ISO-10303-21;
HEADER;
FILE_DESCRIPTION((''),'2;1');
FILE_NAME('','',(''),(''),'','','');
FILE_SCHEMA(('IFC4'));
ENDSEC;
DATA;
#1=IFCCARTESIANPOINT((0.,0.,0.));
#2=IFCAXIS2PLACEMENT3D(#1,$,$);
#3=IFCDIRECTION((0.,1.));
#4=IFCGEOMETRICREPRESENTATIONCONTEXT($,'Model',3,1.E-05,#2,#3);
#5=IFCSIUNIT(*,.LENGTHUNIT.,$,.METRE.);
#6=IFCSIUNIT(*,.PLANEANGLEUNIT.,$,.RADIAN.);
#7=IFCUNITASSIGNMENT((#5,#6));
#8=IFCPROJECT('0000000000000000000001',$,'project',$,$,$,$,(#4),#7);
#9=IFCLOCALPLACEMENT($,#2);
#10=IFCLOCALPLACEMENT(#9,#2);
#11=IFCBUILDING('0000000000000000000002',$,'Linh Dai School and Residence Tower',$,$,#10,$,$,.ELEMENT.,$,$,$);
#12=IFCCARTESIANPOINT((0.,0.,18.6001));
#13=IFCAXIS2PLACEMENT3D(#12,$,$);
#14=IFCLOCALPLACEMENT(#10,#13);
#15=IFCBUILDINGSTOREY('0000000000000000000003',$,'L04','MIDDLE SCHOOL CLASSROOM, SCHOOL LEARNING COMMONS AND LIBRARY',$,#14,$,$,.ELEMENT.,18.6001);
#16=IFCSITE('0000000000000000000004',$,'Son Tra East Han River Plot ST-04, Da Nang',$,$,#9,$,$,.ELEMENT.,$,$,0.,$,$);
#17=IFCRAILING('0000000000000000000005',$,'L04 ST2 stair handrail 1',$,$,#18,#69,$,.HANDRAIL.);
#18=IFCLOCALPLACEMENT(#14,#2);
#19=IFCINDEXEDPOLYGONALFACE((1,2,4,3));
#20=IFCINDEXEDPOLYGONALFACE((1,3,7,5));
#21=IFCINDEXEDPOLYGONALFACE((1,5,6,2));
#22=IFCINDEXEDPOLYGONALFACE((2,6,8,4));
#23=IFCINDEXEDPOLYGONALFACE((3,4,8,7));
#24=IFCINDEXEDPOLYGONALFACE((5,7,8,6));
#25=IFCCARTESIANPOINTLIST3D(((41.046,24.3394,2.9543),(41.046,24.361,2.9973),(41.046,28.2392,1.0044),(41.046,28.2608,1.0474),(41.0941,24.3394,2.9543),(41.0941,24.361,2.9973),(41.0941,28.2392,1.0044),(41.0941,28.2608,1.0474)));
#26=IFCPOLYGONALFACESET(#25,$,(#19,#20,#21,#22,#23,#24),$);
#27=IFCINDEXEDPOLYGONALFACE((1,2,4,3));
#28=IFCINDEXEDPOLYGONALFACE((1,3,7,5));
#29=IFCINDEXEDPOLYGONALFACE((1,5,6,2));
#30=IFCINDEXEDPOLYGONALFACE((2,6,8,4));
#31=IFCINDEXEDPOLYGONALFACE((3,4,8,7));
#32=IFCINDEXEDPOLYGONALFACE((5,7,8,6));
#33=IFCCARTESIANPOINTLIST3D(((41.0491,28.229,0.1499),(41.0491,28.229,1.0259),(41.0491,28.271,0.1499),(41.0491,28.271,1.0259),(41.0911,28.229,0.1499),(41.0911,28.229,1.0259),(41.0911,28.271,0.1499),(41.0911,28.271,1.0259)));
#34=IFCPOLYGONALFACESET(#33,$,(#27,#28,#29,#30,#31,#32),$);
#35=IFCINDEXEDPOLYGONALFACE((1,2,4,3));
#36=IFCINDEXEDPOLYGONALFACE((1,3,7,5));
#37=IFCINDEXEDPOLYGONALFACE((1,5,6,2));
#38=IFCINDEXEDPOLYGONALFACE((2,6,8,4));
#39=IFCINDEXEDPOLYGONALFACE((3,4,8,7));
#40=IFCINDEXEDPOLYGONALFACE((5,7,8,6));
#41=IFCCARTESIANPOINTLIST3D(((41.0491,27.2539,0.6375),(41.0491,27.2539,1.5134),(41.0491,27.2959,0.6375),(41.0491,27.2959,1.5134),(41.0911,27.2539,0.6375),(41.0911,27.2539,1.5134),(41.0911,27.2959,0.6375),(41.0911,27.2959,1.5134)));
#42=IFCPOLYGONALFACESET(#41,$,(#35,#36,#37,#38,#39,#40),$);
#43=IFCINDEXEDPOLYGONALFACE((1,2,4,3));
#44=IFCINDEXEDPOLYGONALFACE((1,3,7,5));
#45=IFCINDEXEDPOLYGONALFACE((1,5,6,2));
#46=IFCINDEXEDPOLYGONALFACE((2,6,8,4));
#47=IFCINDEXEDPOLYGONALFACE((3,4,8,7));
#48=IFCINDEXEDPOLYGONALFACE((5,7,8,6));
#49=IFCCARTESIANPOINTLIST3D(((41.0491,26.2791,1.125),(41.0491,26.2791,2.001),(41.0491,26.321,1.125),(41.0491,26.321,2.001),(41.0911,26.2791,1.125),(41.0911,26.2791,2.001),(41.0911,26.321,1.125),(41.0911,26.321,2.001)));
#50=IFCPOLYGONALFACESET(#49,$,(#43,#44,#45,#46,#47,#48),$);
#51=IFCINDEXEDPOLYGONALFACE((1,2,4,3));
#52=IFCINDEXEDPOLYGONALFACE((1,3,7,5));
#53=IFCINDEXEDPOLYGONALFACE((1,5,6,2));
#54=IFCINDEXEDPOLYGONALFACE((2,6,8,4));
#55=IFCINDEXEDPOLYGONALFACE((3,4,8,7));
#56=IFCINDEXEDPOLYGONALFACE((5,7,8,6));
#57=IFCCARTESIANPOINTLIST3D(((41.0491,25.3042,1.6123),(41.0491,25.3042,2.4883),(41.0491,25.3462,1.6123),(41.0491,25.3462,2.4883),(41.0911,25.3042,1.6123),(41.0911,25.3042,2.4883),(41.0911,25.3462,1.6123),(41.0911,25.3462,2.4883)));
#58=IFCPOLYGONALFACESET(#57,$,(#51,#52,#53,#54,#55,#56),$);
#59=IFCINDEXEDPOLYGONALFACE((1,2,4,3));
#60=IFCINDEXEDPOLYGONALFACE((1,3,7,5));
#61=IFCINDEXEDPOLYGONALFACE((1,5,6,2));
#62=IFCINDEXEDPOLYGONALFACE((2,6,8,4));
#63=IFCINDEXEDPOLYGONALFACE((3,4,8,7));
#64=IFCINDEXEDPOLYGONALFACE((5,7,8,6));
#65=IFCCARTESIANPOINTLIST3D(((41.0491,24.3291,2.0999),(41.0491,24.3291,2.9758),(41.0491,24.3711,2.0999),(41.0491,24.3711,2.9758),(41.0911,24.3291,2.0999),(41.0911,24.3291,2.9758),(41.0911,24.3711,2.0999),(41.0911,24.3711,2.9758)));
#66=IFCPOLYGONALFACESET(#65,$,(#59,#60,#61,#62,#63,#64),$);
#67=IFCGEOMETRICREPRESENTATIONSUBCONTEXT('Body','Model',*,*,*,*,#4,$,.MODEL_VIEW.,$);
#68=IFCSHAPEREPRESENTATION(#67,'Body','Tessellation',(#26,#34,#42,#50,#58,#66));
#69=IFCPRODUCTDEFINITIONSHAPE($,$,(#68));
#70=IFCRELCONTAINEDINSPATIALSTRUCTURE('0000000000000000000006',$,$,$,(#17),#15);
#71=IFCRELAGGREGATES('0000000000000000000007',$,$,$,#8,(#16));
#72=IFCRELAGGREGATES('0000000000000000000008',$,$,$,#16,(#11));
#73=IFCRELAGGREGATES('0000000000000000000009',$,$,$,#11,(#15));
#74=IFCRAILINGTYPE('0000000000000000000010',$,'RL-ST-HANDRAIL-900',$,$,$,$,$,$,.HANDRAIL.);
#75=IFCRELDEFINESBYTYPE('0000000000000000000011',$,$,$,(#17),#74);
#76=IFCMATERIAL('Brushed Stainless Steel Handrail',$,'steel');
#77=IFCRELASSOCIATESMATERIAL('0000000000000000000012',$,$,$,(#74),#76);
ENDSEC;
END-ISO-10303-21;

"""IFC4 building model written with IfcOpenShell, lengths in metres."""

from ifc_helpers import new_model, si_unit, direction, frame, origin, origin_2d, place, context, subcontext, project, spatial, rectangle, extrude, source, transform, mapped, material, type_object, element, save


model = new_model("IFC4")

# Units and contexts
model_context = context("Model", 3, precision=1e-05, world=origin(), true_north=direction((0.0, 1.0)))
body_context = subcontext(model_context, "Body", "Model", "MODEL_VIEW")
ifc_project = project(units=[si_unit("LENGTHUNIT", "METRE"), si_unit("PLANEANGLEUNIT", "RADIAN")], contexts=[model_context])

# Site, building, storey
site_placement = place(None, origin())
site = spatial("IfcSite", under=ifc_project, at=site_placement, Name="Son Tra East Han River Plot ST-04, Da Nang", CompositionType="ELEMENT", RefElevation=0.0)
building_placement = place(site_placement, origin())
building = spatial("IfcBuilding", under=site, at=building_placement, Name="Linh Dai School and Residence Tower", CompositionType="ELEMENT")
storey_placement = place(building_placement, frame((0.0, 0.0, 18.6001)))
storey = spatial("IfcBuildingStorey", under=building, at=storey_placement, Name="L04", Description="MIDDLE SCHOOL CLASSROOM, SCHOOL LEARNING COMMONS AND LIBRARY", CompositionType="ELEMENT", Elevation=18.6001)

# Railing
ifc_material_1 = material(Name="Brushed Stainless Steel Handrail", Category="steel")
railing_type_1 = type_object("IfcRailingType", Name="RL-ST-HANDRAIL-900", PredefinedType="HANDRAIL", material=ifc_material_1)
shared_shape_1 = source(origin(), body_context, "Body", "SweptSolid", [
    extrude(rectangle(XDim=0.0481, YDim=0.0481, at=origin_2d()), frame((0.0, 0.0, 0.876), z_axis=(0.0, -0.894427, 0.447214), x_axis=(1.0, 0.0, 0.0)), (0.0, 0.0, 1.0), 4.3601),
    extrude(rectangle(XDim=0.042, YDim=0.042, at=origin_2d()), origin(), (0.0, 0.0, 1.0), 0.876),
    extrude(rectangle(XDim=0.042, YDim=0.042, at=origin_2d()), frame((0.0, -0.9751, 0.4875)), (0.0, 0.0, 1.0), 0.876),
    extrude(rectangle(XDim=0.042, YDim=0.042, at=origin_2d()), frame((0.0, -1.95, 0.9751)), (0.0, 0.0, 1.0), 0.876),
    extrude(rectangle(XDim=0.042, YDim=0.042, at=origin_2d()), frame((0.0, -2.9248, 1.4624)), (0.0, 0.0, 1.0), 0.876),
    extrude(rectangle(XDim=0.042, YDim=0.042, at=origin_2d()), frame((0.0, -3.8999, 1.95)), (0.0, 0.0, 1.0), 0.876),
])
railing_1_placement = place(storey_placement, frame((41.0701, 28.25, 0.1499)))
element("IfcRailing", 1, at=railing_1_placement, inside=storey, type_object=railing_type_1, Name="L04 ST2 stair handrail 1", PredefinedType="HANDRAIL", context=body_context, shape_type="MappedRepresentation", body=[
    mapped(shared_shape_1, transform((0.0, 0.0, 0.0), x_axis=(1.0, 0.0, 0.0), y_axis=(0.0, 1.0, 0.0), z_axis=(0.0, 0.0, 1.0), scale=1.0)),
])

save(model, "model.ifc")
